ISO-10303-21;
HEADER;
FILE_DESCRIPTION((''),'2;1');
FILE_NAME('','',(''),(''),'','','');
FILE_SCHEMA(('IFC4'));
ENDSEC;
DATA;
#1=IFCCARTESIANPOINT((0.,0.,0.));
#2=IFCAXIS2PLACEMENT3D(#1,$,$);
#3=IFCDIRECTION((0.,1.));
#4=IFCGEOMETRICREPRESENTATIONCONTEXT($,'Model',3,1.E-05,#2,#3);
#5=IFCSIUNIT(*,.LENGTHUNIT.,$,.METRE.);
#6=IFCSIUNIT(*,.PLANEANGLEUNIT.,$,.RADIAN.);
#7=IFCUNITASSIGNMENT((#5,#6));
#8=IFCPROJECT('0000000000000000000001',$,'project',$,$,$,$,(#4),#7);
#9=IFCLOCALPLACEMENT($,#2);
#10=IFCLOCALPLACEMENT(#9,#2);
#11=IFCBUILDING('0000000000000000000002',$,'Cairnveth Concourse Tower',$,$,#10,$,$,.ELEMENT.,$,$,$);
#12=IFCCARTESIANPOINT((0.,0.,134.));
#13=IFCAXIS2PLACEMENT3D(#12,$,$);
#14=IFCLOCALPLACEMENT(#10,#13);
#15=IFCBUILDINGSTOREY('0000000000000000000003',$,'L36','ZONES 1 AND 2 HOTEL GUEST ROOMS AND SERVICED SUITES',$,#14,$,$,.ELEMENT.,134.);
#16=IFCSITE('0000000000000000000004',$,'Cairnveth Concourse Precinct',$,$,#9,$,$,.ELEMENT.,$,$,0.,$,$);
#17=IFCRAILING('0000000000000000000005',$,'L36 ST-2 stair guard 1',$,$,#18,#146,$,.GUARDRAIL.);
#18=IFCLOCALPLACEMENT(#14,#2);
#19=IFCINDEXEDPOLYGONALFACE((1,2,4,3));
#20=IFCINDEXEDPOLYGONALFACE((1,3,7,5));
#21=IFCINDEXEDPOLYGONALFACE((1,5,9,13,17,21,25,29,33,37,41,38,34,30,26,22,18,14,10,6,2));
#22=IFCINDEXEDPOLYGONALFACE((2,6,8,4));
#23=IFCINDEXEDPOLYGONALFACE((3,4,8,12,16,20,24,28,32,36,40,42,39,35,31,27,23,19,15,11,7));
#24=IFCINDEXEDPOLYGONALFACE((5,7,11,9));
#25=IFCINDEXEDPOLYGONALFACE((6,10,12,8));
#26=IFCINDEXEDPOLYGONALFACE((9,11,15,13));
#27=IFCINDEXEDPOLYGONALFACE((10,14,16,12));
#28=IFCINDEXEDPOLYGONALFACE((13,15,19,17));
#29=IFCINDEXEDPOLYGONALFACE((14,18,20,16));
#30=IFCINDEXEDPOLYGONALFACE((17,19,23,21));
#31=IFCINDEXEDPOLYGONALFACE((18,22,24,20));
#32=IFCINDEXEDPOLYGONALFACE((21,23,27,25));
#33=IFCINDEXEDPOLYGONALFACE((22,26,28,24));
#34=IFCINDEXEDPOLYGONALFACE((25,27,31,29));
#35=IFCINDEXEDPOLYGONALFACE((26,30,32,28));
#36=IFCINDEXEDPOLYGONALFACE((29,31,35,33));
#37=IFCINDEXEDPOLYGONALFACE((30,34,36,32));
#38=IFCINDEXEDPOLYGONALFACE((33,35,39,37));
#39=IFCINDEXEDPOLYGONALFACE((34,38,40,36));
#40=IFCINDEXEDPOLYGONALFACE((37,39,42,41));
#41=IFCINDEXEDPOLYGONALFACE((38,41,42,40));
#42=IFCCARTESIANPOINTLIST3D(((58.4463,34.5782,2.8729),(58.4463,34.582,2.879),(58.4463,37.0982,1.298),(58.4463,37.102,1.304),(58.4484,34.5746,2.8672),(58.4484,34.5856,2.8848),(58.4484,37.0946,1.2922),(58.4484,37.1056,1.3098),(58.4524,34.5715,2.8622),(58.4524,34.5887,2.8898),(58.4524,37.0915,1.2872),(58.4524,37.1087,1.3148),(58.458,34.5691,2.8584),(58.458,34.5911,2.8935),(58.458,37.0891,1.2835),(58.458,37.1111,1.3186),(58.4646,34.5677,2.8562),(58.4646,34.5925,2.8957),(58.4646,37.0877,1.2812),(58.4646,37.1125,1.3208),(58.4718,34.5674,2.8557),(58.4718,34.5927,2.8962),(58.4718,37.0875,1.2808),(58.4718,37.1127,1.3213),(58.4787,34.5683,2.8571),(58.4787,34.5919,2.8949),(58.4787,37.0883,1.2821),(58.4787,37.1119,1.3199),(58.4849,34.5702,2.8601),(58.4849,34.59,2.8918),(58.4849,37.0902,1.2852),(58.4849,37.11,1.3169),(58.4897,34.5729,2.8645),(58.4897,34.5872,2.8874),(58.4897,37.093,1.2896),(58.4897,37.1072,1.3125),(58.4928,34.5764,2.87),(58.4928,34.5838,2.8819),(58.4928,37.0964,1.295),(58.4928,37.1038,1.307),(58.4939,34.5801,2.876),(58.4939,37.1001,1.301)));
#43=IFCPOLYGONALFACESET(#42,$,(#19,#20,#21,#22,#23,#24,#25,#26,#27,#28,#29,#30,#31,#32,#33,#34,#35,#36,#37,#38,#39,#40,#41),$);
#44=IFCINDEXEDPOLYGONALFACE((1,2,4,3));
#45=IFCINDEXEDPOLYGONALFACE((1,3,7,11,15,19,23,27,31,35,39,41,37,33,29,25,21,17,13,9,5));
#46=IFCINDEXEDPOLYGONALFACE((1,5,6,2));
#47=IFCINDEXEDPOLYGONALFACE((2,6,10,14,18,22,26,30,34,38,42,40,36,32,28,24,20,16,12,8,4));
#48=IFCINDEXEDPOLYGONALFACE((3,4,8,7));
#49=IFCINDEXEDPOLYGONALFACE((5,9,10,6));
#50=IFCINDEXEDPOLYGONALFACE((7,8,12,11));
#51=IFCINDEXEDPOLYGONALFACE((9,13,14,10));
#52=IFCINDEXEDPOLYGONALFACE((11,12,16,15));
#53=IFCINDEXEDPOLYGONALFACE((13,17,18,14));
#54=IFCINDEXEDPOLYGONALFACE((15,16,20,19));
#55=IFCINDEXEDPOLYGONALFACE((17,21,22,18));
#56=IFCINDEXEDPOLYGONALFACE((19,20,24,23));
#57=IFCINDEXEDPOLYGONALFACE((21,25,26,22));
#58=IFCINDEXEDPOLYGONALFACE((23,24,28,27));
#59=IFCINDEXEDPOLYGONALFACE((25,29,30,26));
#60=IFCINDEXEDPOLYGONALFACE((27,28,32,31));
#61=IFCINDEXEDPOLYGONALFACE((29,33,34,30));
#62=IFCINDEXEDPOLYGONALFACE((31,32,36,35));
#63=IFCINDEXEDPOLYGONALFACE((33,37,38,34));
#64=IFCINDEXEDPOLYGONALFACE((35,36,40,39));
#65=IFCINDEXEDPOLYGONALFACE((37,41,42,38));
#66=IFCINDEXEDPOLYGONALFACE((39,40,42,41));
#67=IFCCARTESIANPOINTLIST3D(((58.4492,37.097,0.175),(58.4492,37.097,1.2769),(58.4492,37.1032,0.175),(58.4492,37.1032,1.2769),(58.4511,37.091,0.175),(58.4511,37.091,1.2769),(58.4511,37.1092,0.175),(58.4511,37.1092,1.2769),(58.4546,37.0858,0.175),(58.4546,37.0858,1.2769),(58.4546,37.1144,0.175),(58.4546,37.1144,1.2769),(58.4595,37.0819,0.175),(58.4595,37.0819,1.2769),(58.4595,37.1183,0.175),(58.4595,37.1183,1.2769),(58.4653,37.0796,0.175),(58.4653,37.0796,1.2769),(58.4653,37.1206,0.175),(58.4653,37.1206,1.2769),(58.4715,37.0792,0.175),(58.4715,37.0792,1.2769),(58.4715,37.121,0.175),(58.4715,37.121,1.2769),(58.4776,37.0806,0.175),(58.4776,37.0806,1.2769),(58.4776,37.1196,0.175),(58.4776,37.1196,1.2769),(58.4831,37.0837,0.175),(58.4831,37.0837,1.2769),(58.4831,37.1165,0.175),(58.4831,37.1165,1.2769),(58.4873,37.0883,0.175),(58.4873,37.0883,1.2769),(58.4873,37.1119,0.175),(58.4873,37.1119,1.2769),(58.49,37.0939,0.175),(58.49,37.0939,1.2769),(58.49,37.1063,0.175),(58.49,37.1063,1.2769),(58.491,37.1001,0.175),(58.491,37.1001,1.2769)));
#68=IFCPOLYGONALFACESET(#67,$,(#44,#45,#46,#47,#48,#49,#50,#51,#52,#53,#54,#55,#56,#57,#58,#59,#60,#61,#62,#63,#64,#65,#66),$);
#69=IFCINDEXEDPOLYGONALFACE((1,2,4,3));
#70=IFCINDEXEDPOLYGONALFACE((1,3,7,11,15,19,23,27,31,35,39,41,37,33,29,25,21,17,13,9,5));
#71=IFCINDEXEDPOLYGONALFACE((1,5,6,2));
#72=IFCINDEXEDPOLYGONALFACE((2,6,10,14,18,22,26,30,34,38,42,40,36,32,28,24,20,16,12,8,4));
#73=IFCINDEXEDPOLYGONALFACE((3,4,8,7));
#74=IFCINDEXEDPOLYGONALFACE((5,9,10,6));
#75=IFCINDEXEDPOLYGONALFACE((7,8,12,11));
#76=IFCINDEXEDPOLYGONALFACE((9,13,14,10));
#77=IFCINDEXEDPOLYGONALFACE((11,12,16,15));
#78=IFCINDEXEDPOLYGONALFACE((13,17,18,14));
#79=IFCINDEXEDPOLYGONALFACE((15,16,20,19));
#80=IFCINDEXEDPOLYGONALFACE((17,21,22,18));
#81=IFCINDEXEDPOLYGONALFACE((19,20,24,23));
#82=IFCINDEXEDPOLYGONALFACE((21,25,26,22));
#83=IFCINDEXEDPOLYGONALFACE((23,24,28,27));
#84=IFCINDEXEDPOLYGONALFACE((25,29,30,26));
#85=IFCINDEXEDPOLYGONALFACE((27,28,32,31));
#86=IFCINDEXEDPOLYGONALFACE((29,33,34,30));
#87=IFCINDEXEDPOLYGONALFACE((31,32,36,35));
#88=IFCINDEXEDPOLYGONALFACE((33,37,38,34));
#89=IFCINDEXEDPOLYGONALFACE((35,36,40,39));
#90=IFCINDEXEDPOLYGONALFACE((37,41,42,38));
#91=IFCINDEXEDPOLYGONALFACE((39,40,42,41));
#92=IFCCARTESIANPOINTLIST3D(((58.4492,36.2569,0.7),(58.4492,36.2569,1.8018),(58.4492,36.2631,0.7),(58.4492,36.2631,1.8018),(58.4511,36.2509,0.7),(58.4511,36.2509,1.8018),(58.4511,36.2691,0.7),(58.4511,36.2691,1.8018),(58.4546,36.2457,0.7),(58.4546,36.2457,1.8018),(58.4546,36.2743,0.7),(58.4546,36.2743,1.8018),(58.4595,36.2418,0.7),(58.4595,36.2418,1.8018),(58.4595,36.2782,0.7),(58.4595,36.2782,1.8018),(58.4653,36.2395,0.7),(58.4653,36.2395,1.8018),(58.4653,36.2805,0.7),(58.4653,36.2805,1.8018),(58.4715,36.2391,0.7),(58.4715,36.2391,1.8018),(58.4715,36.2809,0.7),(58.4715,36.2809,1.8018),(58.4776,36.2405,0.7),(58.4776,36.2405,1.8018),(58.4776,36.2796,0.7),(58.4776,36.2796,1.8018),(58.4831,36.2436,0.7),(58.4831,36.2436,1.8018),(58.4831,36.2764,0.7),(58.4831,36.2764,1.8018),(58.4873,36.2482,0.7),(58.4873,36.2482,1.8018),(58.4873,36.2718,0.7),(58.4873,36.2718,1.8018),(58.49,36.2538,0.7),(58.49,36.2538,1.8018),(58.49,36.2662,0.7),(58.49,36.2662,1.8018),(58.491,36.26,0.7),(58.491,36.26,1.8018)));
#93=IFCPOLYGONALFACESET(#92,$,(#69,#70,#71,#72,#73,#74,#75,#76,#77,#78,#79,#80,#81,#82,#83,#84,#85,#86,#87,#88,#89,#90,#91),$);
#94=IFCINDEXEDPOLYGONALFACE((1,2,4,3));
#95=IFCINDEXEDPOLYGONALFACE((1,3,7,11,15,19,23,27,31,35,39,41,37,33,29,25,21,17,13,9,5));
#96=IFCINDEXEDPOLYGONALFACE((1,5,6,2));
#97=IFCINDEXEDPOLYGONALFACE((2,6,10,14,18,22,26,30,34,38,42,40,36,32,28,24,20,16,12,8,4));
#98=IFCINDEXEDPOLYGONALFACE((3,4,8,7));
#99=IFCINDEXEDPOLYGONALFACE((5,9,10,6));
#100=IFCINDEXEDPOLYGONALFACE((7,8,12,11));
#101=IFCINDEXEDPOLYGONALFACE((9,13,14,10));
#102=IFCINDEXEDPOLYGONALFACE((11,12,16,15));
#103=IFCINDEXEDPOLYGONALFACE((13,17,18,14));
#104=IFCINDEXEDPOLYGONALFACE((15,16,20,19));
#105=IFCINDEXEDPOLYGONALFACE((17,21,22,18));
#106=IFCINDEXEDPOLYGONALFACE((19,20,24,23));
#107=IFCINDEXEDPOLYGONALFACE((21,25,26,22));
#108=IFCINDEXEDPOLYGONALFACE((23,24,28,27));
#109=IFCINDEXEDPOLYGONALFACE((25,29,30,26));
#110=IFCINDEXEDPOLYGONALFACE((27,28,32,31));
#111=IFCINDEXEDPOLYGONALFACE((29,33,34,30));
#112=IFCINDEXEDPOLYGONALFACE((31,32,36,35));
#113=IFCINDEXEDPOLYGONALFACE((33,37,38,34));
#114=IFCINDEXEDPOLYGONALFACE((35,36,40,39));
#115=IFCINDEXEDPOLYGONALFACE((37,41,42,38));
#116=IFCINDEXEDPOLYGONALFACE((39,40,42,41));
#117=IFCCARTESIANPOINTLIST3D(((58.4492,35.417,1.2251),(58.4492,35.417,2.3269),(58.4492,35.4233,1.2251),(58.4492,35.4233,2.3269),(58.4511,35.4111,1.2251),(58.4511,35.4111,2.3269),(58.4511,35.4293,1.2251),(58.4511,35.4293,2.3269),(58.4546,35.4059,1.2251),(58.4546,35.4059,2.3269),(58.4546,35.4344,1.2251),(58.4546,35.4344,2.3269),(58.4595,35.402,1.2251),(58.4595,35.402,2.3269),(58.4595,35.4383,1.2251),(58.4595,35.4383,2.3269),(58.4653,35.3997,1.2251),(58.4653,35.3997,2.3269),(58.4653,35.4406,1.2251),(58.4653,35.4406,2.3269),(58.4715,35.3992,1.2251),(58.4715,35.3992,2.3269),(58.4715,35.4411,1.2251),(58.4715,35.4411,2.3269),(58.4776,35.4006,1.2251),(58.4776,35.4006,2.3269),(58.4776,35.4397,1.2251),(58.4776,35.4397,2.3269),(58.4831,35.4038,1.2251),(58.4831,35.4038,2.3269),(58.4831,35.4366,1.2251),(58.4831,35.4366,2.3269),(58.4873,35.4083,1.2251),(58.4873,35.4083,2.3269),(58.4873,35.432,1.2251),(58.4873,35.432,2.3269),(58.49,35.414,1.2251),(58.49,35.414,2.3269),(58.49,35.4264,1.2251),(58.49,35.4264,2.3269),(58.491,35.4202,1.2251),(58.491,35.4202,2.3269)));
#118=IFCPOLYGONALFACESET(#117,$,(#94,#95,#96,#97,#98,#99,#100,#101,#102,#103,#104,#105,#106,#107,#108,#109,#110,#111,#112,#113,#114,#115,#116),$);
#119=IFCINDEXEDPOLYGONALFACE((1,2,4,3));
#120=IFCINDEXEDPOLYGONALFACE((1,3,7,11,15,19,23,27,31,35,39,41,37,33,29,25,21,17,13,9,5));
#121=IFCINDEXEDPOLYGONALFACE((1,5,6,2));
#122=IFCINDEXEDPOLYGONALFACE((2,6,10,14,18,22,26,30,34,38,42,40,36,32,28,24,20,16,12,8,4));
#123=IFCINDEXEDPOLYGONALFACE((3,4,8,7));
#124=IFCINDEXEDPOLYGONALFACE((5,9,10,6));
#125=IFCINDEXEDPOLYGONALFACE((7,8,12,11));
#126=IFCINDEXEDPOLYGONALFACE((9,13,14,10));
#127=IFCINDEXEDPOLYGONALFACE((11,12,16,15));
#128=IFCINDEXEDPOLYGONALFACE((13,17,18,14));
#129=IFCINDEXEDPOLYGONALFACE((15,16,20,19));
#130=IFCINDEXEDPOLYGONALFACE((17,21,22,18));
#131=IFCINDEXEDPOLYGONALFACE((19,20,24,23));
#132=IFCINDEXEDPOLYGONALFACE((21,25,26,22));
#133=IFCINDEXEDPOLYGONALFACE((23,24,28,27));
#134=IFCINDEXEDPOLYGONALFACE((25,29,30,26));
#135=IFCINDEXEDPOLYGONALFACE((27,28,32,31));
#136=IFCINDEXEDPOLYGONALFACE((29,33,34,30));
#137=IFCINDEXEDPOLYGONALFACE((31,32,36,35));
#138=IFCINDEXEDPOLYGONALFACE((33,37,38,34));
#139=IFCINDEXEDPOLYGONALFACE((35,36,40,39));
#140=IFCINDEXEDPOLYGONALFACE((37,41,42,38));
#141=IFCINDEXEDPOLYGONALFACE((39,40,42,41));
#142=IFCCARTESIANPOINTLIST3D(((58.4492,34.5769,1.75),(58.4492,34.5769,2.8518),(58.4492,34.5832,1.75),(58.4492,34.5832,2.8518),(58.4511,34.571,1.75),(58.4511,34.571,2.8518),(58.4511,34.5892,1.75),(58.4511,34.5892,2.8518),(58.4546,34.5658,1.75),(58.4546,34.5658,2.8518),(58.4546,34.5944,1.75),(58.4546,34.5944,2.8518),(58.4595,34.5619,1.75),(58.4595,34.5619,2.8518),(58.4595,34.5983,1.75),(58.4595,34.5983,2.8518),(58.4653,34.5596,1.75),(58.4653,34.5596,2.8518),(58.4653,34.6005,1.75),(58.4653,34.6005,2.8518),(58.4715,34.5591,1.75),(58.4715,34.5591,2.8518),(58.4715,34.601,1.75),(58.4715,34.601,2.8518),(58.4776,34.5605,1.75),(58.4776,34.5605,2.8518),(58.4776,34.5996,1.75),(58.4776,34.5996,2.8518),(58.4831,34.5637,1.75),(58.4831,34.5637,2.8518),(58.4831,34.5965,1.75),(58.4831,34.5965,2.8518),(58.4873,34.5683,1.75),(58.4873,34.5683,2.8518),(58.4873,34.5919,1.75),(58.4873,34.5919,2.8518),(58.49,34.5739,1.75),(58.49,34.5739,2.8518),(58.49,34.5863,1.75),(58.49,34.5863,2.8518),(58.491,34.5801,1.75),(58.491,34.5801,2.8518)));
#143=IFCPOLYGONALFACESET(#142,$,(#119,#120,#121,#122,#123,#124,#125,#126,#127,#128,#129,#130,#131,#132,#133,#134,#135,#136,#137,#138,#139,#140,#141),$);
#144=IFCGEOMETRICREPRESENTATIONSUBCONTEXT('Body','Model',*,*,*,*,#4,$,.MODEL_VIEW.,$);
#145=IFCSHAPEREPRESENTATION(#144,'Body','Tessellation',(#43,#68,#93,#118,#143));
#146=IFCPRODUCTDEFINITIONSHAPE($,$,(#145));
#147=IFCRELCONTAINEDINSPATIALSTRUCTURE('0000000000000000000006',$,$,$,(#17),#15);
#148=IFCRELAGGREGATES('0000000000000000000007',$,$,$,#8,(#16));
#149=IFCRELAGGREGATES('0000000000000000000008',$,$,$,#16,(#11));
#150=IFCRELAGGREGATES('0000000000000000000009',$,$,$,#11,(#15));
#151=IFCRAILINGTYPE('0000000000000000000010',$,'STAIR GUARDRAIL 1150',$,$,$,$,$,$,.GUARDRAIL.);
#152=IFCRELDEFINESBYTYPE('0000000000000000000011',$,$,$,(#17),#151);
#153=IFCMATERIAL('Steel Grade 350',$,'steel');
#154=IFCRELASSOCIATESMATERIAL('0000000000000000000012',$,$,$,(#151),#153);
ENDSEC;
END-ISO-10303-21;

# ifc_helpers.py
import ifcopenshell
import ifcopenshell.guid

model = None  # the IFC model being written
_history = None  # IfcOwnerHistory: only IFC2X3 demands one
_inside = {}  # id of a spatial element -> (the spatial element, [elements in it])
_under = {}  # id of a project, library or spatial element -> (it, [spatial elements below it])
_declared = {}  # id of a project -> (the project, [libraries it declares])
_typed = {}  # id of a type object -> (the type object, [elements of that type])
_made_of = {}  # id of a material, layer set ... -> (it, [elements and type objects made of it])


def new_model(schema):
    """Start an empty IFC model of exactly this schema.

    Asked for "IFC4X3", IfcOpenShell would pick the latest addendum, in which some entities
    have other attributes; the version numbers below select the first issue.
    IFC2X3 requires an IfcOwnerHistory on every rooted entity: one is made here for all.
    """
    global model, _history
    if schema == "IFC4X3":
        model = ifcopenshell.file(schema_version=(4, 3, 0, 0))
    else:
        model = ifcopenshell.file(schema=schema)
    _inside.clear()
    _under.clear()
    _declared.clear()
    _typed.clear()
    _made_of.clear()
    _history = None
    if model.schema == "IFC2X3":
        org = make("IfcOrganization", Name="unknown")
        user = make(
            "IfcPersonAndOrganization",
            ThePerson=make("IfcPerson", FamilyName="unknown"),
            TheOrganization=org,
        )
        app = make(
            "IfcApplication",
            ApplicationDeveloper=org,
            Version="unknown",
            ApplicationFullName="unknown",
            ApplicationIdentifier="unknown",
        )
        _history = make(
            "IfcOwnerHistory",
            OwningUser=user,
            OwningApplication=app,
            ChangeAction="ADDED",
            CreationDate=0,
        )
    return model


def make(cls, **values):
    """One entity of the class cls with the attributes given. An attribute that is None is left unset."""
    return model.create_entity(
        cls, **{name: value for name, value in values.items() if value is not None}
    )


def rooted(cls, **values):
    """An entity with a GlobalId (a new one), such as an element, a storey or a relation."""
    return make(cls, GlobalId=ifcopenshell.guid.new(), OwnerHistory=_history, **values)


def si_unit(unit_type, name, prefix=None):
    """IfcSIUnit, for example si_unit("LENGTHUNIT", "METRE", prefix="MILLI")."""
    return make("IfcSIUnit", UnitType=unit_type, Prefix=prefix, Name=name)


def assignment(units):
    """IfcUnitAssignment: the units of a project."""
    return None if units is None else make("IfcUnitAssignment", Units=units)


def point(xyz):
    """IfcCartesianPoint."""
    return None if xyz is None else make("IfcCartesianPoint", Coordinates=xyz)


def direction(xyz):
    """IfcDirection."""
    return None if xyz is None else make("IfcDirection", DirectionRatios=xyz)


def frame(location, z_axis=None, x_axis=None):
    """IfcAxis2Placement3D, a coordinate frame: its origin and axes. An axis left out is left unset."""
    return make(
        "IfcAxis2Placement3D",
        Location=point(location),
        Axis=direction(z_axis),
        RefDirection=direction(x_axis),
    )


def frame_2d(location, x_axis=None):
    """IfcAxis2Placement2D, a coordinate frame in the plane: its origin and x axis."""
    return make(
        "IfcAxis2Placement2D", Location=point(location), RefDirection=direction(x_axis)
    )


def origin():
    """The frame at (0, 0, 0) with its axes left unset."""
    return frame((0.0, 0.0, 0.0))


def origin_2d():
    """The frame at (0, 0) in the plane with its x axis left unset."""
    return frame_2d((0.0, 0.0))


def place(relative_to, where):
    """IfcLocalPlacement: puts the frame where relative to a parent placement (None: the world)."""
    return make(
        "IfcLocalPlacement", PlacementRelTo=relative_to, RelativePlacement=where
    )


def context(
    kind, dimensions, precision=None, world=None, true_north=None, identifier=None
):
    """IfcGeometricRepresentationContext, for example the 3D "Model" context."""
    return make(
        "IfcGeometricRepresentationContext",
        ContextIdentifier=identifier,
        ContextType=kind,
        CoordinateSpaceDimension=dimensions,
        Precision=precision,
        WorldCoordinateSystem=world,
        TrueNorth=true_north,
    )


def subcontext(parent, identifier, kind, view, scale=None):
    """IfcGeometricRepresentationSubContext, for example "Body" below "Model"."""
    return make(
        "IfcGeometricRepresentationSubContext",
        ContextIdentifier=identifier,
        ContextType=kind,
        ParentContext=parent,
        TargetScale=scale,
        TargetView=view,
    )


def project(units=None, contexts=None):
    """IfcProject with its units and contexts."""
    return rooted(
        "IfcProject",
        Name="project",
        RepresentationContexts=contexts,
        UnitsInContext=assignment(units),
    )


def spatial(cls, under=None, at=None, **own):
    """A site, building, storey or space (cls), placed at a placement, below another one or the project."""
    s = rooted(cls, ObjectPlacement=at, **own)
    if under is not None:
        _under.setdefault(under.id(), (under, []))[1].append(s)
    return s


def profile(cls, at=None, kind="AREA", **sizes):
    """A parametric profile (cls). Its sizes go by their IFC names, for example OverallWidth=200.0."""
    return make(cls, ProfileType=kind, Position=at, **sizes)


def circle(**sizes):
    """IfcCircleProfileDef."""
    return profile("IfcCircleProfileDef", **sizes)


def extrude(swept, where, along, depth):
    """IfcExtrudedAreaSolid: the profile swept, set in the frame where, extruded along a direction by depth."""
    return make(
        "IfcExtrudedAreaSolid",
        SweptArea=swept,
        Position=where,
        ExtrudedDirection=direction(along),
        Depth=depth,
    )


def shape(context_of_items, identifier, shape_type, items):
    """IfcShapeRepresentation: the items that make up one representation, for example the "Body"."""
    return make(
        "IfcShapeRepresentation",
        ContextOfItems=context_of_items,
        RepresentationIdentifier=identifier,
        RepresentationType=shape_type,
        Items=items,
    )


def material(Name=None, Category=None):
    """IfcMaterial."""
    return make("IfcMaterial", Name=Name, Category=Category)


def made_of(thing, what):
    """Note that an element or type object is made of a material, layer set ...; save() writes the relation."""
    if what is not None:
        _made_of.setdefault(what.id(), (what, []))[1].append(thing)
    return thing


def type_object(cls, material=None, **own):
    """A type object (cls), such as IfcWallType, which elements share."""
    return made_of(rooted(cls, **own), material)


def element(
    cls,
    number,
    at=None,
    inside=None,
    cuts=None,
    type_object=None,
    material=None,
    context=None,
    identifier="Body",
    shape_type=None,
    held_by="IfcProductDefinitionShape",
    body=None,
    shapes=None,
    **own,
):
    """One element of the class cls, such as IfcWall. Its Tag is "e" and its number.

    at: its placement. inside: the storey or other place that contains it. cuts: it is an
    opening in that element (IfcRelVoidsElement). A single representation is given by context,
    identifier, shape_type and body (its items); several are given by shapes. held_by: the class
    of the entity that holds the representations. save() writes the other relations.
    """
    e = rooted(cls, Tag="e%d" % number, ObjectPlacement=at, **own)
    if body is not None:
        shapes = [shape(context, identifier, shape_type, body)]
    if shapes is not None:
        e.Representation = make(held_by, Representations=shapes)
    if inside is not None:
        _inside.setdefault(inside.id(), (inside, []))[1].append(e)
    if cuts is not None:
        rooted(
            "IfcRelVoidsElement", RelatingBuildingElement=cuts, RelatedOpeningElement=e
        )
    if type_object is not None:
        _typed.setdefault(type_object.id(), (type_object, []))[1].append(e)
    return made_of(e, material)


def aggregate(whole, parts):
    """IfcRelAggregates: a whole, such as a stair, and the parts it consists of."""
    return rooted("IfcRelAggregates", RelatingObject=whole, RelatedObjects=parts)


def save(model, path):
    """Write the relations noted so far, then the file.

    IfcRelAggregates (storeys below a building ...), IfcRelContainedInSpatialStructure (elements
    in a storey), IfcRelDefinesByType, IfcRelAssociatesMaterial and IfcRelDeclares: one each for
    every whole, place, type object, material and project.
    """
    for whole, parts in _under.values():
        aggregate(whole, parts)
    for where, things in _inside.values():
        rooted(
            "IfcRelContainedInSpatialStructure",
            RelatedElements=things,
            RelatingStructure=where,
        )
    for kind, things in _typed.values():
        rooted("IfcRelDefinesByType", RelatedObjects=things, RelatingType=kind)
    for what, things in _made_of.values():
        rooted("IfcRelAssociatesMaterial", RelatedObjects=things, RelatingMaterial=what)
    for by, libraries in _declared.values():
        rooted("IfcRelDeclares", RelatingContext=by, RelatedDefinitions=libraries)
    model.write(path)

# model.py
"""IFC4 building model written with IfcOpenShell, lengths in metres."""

from ifc_helpers import new_model, si_unit, direction, frame, origin, origin_2d, place, context, subcontext, project, spatial, circle, extrude, material, type_object, element, save


model = new_model("IFC4")

# Units and contexts
model_context = context("Model", 3, precision=1e-05, world=origin(), true_north=direction((0.0, 1.0)))
body_context = subcontext(model_context, "Body", "Model", "MODEL_VIEW")
ifc_project = project(units=[si_unit("LENGTHUNIT", "METRE"), si_unit("PLANEANGLEUNIT", "RADIAN")], contexts=[model_context])

# Site, building, storey
site_placement = place(None, origin())
site = spatial("IfcSite", under=ifc_project, at=site_placement, Name="Cairnveth Concourse Precinct", CompositionType="ELEMENT", RefElevation=0.0)
building_placement = place(site_placement, origin())
building = spatial("IfcBuilding", under=site, at=building_placement, Name="Cairnveth Concourse Tower", CompositionType="ELEMENT")
storey_placement = place(building_placement, frame((0.0, 0.0, 134.0)))
storey = spatial("IfcBuildingStorey", under=building, at=storey_placement, Name="L36", Description="ZONES 1 AND 2 HOTEL GUEST ROOMS AND SERVICED SUITES", CompositionType="ELEMENT", Elevation=134.0)

# Shared definitions
ifc_material_1 = material(Name="Steel Grade 350", Category="steel")

# Railing
railing_type_1 = type_object("IfcRailingType", Name="STAIR GUARDRAIL 1150", PredefinedType="GUARDRAIL", material=ifc_material_1)
railing_1_placement = place(storey_placement, frame((58.47, 37.1001, 0.175)))
element("IfcRailing", 1, at=railing_1_placement, inside=storey, type_object=railing_type_1, Name="L36 ST-2 stair guard 1", PredefinedType="GUARDRAIL", context=body_context, shape_type="SweptSolid", body=[
    extrude(circle(Radius=0.0239, at=origin_2d()), frame((0.0, 0.0, 1.126), z_axis=(0.0, -0.848008, 0.529984), x_axis=(1.0, 0.0, 0.0)), (0.0, 0.0, 1.0), 2.9717),
    extrude(circle(Radius=0.021, at=origin_2d()), origin(), (0.0, 0.0, 1.0), 1.1018),
    extrude(circle(Radius=0.021, at=origin_2d()), frame((0.0, -0.8401, 0.5249)), (0.0, 0.0, 1.0), 1.1018),
    extrude(circle(Radius=0.021, at=origin_2d()), frame((0.0, -1.6799, 1.05)), (0.0, 0.0, 1.0), 1.1018),
    extrude(circle(Radius=0.021, at=origin_2d()), frame((0.0, -2.52, 1.575)), (0.0, 0.0, 1.0), 1.1018),
])

save(model, "model.ifc")
